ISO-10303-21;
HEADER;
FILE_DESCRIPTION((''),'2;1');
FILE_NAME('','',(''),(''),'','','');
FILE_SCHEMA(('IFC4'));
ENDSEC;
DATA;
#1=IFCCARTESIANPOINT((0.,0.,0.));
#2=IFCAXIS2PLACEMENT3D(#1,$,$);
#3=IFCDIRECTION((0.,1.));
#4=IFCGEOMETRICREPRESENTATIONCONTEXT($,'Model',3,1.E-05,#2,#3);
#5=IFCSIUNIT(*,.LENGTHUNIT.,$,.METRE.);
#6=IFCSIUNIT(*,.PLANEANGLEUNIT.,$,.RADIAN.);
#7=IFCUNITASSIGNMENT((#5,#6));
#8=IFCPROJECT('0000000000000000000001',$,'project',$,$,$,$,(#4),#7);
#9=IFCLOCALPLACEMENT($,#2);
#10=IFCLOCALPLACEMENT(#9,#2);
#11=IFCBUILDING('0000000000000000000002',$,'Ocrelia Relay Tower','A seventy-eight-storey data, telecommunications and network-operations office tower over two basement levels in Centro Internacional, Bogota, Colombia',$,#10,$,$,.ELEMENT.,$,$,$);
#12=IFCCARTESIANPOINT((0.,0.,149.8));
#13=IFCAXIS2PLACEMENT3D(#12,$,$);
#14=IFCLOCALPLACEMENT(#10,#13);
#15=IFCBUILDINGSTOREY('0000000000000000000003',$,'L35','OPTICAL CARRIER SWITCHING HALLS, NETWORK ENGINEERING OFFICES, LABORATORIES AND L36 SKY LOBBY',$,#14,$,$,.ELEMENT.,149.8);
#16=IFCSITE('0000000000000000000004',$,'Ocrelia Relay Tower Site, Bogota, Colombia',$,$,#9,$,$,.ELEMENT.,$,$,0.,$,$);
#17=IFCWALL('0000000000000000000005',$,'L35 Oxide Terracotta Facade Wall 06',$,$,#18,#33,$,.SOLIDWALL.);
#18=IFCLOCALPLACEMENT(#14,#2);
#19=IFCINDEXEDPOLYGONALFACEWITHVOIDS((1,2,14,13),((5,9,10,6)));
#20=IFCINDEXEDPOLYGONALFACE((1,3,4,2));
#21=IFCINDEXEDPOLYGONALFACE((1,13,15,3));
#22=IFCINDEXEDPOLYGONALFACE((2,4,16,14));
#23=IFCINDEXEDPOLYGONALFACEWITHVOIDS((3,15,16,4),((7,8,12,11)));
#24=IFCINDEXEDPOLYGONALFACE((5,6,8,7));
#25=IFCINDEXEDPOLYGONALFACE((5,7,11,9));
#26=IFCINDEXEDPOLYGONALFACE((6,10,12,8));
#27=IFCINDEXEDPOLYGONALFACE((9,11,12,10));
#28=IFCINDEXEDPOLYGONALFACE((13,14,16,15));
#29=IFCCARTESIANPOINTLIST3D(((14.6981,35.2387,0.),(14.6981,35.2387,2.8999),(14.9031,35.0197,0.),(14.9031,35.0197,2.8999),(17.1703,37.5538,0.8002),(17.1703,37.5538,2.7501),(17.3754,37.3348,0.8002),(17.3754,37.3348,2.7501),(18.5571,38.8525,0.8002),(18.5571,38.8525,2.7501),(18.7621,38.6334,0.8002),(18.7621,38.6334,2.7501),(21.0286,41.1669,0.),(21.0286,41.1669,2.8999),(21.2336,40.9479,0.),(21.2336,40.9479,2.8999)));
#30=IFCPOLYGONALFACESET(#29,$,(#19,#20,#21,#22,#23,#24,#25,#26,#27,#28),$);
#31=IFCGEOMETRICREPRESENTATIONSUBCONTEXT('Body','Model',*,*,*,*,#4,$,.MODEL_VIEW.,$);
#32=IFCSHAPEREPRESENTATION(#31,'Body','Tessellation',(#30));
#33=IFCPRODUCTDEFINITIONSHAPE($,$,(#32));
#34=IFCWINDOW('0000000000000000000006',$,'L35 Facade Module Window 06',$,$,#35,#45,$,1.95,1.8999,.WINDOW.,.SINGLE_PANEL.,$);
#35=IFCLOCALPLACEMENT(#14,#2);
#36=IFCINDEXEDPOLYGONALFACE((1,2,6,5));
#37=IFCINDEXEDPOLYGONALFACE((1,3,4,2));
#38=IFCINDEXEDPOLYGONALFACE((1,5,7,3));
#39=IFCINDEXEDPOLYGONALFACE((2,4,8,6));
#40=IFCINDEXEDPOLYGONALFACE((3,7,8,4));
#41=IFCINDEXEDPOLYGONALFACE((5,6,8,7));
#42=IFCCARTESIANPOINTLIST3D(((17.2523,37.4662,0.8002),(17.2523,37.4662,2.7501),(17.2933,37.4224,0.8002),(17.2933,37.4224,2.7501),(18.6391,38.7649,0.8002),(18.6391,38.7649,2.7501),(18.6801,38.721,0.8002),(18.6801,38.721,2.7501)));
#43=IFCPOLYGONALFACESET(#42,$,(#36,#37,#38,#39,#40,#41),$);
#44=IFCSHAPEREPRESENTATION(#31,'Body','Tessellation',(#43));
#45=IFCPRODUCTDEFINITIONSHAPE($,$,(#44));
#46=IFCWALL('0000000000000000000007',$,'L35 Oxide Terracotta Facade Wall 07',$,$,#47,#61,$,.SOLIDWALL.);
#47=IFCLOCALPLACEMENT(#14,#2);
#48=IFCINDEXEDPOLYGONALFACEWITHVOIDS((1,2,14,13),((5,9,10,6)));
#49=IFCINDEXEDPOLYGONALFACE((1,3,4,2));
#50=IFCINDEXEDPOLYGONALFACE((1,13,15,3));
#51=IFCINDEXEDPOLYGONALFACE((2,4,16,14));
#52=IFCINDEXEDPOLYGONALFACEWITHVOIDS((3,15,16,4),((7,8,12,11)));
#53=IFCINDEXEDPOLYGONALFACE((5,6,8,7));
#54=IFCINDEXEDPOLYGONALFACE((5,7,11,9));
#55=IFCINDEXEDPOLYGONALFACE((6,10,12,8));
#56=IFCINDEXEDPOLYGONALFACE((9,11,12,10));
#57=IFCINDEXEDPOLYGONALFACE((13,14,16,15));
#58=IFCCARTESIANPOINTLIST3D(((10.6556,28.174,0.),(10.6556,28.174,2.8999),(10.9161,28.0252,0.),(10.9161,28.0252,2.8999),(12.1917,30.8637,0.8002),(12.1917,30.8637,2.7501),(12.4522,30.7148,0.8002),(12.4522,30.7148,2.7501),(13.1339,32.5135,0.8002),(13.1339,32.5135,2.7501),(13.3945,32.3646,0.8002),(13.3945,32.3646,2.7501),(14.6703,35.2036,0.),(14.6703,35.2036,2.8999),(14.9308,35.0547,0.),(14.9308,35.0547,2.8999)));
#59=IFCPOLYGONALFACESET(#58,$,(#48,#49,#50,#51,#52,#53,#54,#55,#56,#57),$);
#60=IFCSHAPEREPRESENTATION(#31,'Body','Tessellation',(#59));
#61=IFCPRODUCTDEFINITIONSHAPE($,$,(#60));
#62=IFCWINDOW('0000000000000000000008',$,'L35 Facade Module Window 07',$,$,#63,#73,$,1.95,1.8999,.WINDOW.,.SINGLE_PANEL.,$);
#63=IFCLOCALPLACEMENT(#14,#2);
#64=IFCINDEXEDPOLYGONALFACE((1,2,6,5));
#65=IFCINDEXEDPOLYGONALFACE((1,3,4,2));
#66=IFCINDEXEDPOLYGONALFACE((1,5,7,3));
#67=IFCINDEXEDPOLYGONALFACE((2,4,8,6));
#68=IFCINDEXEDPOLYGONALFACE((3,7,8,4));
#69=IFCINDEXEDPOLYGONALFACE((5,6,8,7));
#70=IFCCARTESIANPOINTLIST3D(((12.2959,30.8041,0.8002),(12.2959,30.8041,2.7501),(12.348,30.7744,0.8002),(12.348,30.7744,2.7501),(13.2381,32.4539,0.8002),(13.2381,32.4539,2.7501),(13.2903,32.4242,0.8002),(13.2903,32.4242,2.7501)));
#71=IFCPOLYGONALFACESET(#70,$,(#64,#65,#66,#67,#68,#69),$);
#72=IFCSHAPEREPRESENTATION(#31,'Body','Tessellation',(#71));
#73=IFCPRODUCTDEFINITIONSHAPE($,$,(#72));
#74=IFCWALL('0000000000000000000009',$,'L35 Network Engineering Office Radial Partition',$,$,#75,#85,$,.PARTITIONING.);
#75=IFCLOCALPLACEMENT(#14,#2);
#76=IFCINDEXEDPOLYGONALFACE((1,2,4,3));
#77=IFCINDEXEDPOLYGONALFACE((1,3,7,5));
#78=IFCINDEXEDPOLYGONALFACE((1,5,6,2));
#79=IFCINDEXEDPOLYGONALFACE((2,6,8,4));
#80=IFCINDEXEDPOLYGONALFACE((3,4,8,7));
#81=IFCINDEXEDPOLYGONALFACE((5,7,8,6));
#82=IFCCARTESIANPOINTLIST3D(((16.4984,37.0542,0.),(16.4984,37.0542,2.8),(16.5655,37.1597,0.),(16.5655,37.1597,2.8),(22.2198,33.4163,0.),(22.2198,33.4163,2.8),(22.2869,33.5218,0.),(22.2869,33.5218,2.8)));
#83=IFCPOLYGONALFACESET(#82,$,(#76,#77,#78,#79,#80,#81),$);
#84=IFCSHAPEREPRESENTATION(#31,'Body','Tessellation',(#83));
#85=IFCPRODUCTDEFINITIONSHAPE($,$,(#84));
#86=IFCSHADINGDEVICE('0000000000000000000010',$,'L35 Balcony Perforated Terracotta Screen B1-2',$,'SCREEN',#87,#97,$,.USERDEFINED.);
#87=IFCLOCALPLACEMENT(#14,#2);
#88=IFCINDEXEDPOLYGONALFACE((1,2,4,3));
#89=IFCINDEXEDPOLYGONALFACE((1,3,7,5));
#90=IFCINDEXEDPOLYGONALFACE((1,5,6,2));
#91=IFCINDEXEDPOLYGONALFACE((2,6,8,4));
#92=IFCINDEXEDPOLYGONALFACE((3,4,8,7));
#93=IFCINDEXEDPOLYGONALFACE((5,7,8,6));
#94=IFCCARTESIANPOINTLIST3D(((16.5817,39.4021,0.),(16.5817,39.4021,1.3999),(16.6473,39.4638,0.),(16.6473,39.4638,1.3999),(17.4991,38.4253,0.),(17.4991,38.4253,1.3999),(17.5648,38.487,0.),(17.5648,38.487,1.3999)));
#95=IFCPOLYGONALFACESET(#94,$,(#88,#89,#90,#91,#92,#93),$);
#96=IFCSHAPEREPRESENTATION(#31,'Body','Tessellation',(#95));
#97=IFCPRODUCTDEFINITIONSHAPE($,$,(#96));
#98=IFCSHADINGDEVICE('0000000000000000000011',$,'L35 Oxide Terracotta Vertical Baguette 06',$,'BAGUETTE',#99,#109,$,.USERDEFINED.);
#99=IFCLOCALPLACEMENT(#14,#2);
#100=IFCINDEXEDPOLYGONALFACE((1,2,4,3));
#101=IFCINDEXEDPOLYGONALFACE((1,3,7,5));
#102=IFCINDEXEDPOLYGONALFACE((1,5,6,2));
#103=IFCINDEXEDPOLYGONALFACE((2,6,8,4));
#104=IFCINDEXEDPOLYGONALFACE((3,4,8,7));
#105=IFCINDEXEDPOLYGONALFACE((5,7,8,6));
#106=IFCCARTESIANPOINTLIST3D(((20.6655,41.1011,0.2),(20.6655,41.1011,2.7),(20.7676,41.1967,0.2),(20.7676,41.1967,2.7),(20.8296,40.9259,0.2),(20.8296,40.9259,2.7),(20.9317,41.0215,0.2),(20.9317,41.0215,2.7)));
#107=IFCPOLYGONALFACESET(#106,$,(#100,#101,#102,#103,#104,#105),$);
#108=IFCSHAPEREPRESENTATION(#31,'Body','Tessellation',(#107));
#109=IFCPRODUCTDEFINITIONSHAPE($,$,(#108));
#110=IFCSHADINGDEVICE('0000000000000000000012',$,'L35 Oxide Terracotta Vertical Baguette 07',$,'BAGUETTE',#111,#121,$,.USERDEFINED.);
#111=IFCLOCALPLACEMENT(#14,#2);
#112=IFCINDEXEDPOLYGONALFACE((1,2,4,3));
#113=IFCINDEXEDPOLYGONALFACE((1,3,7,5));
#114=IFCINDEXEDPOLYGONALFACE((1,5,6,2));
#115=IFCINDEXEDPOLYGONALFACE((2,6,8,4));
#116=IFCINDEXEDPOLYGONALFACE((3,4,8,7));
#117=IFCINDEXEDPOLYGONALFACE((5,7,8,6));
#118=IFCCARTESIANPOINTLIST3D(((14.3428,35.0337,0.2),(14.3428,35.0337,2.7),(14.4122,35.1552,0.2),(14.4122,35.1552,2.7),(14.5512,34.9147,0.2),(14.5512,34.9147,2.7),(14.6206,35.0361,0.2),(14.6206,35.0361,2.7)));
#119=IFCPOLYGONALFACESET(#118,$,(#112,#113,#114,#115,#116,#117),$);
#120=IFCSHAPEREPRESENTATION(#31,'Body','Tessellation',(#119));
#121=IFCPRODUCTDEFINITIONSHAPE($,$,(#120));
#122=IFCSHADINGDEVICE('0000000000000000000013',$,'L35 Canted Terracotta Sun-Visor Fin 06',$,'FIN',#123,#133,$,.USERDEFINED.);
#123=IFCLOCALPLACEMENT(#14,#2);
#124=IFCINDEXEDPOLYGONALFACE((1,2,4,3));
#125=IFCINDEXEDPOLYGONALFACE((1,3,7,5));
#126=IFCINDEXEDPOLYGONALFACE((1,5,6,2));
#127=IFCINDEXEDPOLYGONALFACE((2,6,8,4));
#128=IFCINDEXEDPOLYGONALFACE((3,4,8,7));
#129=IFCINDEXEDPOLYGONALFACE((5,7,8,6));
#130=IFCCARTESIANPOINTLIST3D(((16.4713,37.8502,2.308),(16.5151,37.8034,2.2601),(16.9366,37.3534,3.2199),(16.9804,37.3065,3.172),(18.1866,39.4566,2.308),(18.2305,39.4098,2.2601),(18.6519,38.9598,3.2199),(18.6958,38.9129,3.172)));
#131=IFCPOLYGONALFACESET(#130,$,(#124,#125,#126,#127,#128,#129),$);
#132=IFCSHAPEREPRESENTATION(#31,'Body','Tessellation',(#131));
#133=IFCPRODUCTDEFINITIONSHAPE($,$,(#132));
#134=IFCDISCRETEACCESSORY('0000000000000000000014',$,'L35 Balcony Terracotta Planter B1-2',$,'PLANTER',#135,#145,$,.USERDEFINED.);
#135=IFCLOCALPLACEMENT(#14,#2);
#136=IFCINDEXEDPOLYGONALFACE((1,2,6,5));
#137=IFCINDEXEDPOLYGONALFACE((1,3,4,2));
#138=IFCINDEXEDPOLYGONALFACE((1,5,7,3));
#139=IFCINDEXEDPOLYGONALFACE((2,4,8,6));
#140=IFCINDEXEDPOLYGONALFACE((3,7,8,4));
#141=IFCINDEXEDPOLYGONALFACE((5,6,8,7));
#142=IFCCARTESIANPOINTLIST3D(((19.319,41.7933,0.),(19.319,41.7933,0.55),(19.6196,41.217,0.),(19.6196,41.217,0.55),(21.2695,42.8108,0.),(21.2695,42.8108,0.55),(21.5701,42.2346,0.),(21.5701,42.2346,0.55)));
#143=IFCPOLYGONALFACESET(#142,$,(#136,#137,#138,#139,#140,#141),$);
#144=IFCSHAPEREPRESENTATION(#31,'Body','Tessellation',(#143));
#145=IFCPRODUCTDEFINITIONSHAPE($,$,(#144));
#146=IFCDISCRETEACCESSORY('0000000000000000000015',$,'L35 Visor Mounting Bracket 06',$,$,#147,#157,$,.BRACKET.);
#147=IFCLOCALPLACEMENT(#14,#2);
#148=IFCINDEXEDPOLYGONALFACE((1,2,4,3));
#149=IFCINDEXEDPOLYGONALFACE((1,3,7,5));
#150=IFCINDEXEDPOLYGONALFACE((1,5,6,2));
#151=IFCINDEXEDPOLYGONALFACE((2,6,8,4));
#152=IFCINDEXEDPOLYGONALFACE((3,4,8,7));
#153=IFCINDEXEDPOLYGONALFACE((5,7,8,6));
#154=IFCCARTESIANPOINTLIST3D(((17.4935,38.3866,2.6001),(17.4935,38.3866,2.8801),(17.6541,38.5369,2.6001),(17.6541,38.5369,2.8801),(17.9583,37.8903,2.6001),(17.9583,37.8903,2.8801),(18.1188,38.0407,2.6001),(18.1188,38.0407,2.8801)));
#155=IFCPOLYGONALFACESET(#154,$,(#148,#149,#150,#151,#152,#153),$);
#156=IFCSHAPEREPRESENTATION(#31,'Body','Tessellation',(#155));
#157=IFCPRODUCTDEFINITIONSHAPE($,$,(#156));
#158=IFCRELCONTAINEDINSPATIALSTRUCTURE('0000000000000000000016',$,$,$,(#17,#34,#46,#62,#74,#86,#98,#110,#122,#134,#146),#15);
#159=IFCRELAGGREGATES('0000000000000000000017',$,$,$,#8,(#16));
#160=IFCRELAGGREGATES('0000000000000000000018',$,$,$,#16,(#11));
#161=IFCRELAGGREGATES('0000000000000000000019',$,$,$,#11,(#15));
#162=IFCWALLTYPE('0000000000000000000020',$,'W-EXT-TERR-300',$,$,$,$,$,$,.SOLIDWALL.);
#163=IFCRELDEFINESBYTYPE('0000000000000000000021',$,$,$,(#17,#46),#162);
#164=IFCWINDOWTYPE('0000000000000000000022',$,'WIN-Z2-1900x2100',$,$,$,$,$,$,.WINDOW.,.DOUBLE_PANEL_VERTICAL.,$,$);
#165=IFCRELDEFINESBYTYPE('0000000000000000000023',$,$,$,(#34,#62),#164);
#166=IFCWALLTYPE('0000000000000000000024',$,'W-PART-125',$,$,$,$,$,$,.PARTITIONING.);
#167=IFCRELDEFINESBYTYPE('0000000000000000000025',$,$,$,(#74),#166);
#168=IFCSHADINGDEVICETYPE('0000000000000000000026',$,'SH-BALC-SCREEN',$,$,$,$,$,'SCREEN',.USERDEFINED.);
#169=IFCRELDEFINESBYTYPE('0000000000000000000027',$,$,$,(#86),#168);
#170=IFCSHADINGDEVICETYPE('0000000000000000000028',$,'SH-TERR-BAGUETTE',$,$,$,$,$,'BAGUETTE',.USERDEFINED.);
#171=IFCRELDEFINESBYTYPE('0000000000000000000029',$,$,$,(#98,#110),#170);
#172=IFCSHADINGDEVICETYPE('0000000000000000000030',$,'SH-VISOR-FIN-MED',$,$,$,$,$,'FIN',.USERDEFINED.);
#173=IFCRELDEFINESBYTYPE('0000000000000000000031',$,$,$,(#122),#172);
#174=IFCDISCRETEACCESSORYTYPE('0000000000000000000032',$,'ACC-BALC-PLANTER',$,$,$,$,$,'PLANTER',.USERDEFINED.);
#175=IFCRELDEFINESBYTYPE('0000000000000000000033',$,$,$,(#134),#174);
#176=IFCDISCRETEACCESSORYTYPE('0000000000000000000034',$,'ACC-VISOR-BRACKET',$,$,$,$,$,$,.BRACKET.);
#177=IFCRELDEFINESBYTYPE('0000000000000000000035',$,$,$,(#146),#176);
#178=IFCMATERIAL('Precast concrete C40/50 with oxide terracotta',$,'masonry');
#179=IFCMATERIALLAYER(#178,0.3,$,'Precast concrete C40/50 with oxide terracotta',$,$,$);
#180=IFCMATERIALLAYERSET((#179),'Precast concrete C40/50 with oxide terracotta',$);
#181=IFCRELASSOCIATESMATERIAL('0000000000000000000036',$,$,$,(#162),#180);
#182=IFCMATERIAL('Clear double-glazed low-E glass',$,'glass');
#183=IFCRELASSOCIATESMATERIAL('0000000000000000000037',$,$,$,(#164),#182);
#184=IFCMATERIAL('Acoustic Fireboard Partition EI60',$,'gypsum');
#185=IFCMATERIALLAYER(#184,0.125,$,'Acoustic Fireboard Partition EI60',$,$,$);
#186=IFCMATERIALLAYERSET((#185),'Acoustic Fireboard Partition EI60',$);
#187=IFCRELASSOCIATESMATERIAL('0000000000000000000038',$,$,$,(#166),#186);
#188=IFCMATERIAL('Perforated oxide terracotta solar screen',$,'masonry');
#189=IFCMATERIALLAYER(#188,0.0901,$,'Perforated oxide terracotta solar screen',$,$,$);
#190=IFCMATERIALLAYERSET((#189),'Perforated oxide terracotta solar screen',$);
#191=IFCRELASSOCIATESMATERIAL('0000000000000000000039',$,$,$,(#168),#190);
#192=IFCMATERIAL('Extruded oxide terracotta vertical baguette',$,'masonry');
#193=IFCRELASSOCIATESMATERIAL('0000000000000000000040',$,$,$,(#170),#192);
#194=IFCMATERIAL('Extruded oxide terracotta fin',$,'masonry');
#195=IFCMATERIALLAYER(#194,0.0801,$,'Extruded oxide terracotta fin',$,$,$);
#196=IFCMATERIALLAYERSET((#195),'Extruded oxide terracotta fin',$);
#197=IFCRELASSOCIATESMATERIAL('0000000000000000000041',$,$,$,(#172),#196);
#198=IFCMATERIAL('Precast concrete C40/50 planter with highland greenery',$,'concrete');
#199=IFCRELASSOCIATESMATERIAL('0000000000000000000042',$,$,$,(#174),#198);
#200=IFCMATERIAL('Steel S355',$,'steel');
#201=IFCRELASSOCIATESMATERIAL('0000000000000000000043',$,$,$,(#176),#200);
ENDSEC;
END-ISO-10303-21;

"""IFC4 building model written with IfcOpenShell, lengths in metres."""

from ifc_helpers import new_model, si_unit, direction, frame, frame_2d, origin, origin_2d, place, context, subcontext, project, spatial, rectangle, extrude, material, layer, layer_set, type_object, element, fill, save


model = new_model("IFC4")

# Units and contexts
model_context = context("Model", 3, precision=1e-05, world=origin(), true_north=direction((0.0, 1.0)))
body_context = subcontext(model_context, "Body", "Model", "MODEL_VIEW")
ifc_project = project(units=[si_unit("LENGTHUNIT", "METRE"), si_unit("PLANEANGLEUNIT", "RADIAN")], contexts=[model_context])

# Site, building, storey
site_placement = place(None, origin())
site = spatial("IfcSite", under=ifc_project, at=site_placement, Name="Ocrelia Relay Tower Site, Bogota, Colombia", CompositionType="ELEMENT", RefElevation=0.0)
building_placement = place(site_placement, origin())
building = spatial("IfcBuilding", under=site, at=building_placement, Name="Ocrelia Relay Tower", Description="A seventy-eight-storey data, telecommunications and network-operations office tower over two basement levels in Centro Internacional, Bogota, Colombia", CompositionType="ELEMENT")
storey_placement = place(building_placement, frame((0.0, 0.0, 149.8)))
storey = spatial("IfcBuildingStorey", under=building, at=storey_placement, Name="L35", Description="OPTICAL CARRIER SWITCHING HALLS, NETWORK ENGINEERING OFFICES, LABORATORIES AND L36 SKY LOBBY", CompositionType="ELEMENT", Elevation=149.8)

# Shared definitions
ifc_material_1 = material(Name="Steel S355", Category="steel")

# Walls, openings, windows
ifc_material_2 = material(Name="Precast concrete C40/50 with oxide terracotta", Category="masonry")
ifc_layer_1 = layer(ifc_material_2, 0.3, Name="Precast concrete C40/50 with oxide terracotta")
ifc_layer_set_1 = layer_set([ifc_layer_1], Name="Precast concrete C40/50 with oxide terracotta")
wall_type_1 = type_object("IfcWallType", Name="W-EXT-TERR-300", PredefinedType="SOLIDWALL", material=ifc_layer_set_1)
wall_1_placement = place(storey_placement, frame((21.1311, 41.0574, 0.0), z_axis=(0.0, 0.0, 1.0), x_axis=(-0.729922, -0.683531, 0.0)))
wall_1 = element("IfcWall", 1, at=wall_1_placement, inside=storey, type_object=wall_type_1, Name="L35 Oxide Terracotta Facade Wall 06", PredefinedType="SOLIDWALL", context=body_context, shape_type="SweptSolid", body=[
    extrude(rectangle(XDim=8.6729, YDim=0.3, at=frame_2d((4.3364, 0.0))), origin(), (0.0, 0.0, 1.0), 2.8999),
])
opening_1_placement = place(wall_1_placement, frame((3.386, 0.0, 0.8)))
opening_1 = element("IfcOpeningElement", 2, at=opening_1_placement, cuts=wall_1, PredefinedType="OPENING", context=body_context, shape_type="SweptSolid", body=[
    extrude(rectangle(XDim=1.8999, YDim=1.95, at=frame_2d((0.95, 0.9751))), frame((0.0, 0.1602, 0.0), z_axis=(0.0, -1.0, 0.0), x_axis=(1.0, 0.0, 0.0)), (0.0, 0.0, 1.0), 0.3201),
])
ifc_material_3 = material(Name="Clear double-glazed low-E glass", Category="glass")
window_type = type_object("IfcWindowType", Name="WIN-Z2-1900x2100", PartitioningType="DOUBLE_PANEL_VERTICAL", PredefinedType="WINDOW", material=ifc_material_3)
window_1_placement = place(opening_1_placement, origin())
window_1 = element("IfcWindow", 3, at=window_1_placement, inside=storey, type_object=window_type, Name="L35 Facade Module Window 06", OverallHeight=1.95, OverallWidth=1.8999, PartitioningType="SINGLE_PANEL", PredefinedType="WINDOW", context=body_context, shape_type="SweptSolid", body=[
    extrude(rectangle(XDim=1.8999, YDim=1.95, at=frame_2d((0.95, 0.9751))), frame((0.0, 0.03, 0.0), z_axis=(0.0, -1.0, 0.0), x_axis=(1.0, 0.0, 0.0)), (0.0, 0.0, 1.0), 0.0601),
])
fill(opening_1, window_1)
wall_2_placement = place(storey_placement, frame((14.8005, 35.1292, 0.0), z_axis=(0.0, 0.0, 1.0), x_axis=(-0.495931, -0.868362, 0.0)))
wall_2 = element("IfcWall", 4, at=wall_2_placement, inside=storey, type_object=wall_type_1, Name="L35 Oxide Terracotta Facade Wall 07", PredefinedType="SOLIDWALL", context=body_context, shape_type="SweptSolid", body=[
    extrude(rectangle(XDim=8.0952, YDim=0.3, at=frame_2d((4.0476, 0.0))), origin(), (0.0, 0.0, 1.0), 2.8999),
])
opening_2_placement = place(wall_2_placement, frame((3.0979, 0.0, 0.8)))
opening_2 = element("IfcOpeningElement", 5, at=opening_2_placement, cuts=wall_2, PredefinedType="OPENING", context=body_context, shape_type="SweptSolid", body=[
    extrude(rectangle(XDim=1.8999, YDim=1.95, at=frame_2d((0.95, 0.9751))), frame((0.0, 0.1602, 0.0), z_axis=(0.0, -1.0, 0.0), x_axis=(1.0, 0.0, 0.0)), (0.0, 0.0, 1.0), 0.3201),
])
window_2_placement = place(opening_2_placement, origin())
window_2 = element("IfcWindow", 6, at=window_2_placement, inside=storey, type_object=window_type, Name="L35 Facade Module Window 07", OverallHeight=1.95, OverallWidth=1.8999, PartitioningType="SINGLE_PANEL", PredefinedType="WINDOW", context=body_context, shape_type="SweptSolid", body=[
    extrude(rectangle(XDim=1.8999, YDim=1.95, at=frame_2d((0.95, 0.9751))), frame((0.0, 0.03, 0.0), z_axis=(0.0, -1.0, 0.0), x_axis=(1.0, 0.0, 0.0)), (0.0, 0.0, 1.0), 0.0601),
])
fill(opening_2, window_2)

# Wall
ifc_material_4 = material(Name="Acoustic Fireboard Partition EI60", Category="gypsum")
ifc_layer_2 = layer(ifc_material_4, 0.125, Name="Acoustic Fireboard Partition EI60")
ifc_layer_set_2 = layer_set([ifc_layer_2], Name="Acoustic Fireboard Partition EI60")
wall_type_2 = type_object("IfcWallType", Name="W-PART-125", PredefinedType="PARTITIONING", material=ifc_layer_set_2)
wall_3_placement = place(storey_placement, frame((22.2534, 33.469, 0.0), z_axis=(0.0, 0.0, 1.0), x_axis=(-0.84386, 0.536563, 0.0)))
element("IfcWall", 7, at=wall_3_placement, inside=storey, type_object=wall_type_2, Name="L35 Network Engineering Office Radial Partition", PredefinedType="PARTITIONING", context=body_context, shape_type="SweptSolid", body=[
    extrude(rectangle(XDim=6.78, YDim=0.125, at=frame_2d((3.3901, 0.0))), origin(), (0.0, 0.0, 1.0), 2.8),
])

# Shading devices
ifc_material_5 = material(Name="Perforated oxide terracotta solar screen", Category="masonry")
ifc_layer_3 = layer(ifc_material_5, 0.0901, Name="Perforated oxide terracotta solar screen")
ifc_layer_set_3 = layer_set([ifc_layer_3], Name="Perforated oxide terracotta solar screen")
shading_device_type_1 = type_object("IfcShadingDeviceType", Name="SH-BALC-SCREEN", ElementType="SCREEN", PredefinedType="USERDEFINED", material=ifc_layer_set_3)
shading_device_1_placement = place(storey_placement, frame((17.0732, 38.9446, 0.0), z_axis=(0.0, 0.0, 1.0), x_axis=(-0.684621, 0.728899, 0.0)))
element("IfcShadingDevice", 8, at=shading_device_1_placement, inside=storey, type_object=shading_device_type_1, Name="L35 Balcony Perforated Terracotta Screen B1-2", ObjectType="SCREEN", PredefinedType="USERDEFINED", context=body_context, shape_type="SweptSolid", body=[
    extrude(rectangle(XDim=1.3401, YDim=0.0901, at=origin_2d()), origin(), (0.0, 0.0, 1.0), 1.3999),
])
ifc_material_6 = material(Name="Extruded oxide terracotta vertical baguette", Category="masonry")
shading_device_type_2 = type_object("IfcShadingDeviceType", Name="SH-TERR-BAGUETTE", ElementType="BAGUETTE", PredefinedType="USERDEFINED", material=ifc_material_6)
for number, where, z_axis, x_axis, name in (
    (9, (20.7986, 41.0613, 0.2), (0.0, 0.0, 1.0), (-0.729914, -0.683539, 0.0), "L35 Oxide Terracotta Vertical Baguette 06"),
    (10, (14.4817, 35.0349, 0.2), (0.0, 0.0, 1.0), (-0.495938, -0.868358, 0.0), "L35 Oxide Terracotta Vertical Baguette 07"),
):
    element("IfcShadingDevice", number, at=place(storey_placement, frame(where, z_axis=z_axis, x_axis=x_axis)), inside=storey, type_object=shading_device_type_2, Name=name, ObjectType="BAGUETTE", PredefinedType="USERDEFINED", context=body_context, shape_type="SweptSolid", body=[
        extrude(rectangle(XDim=0.1399, YDim=0.24, at=origin_2d()), origin(), (0.0, 0.0, 1.0), 2.5),
    ])
ifc_material_7 = material(Name="Extruded oxide terracotta fin", Category="masonry")
ifc_layer_4 = layer(ifc_material_7, 0.0801, Name="Extruded oxide terracotta fin")
ifc_layer_set_4 = layer_set([ifc_layer_4], Name="Extruded oxide terracotta fin")
shading_device_type_3 = type_object("IfcShadingDeviceType", Name="SH-VISOR-FIN-MED", ElementType="FIN", PredefinedType="USERDEFINED", material=ifc_layer_set_4)
shading_device_2_placement = place(storey_placement, frame((17.6055, 38.3582, 2.7161), z_axis=(-0.54776, 0.584922, 0.598185), x_axis=(-0.729914, -0.683539, 0.0)))
element("IfcShadingDevice", 11, at=shading_device_2_placement, inside=storey, type_object=shading_device_type_3, Name="L35 Canted Terracotta Sun-Visor Fin 06", ObjectType="FIN", PredefinedType="USERDEFINED", context=body_context, shape_type="SweptSolid", body=[
    extrude(rectangle(XDim=2.3501, YDim=1.1379, at=origin_2d()), origin(), (0.0, 0.0, 1.0), 0.0801),
])

# Discrete accessories
ifc_material_8 = material(Name="Precast concrete C40/50 planter with highland greenery", Category="concrete")
discrete_accessory_type_1 = type_object("IfcDiscreteAccessoryType", Name="ACC-BALC-PLANTER", ElementType="PLANTER", PredefinedType="USERDEFINED", material=ifc_material_8)
discrete_accessory_1_placement = place(storey_placement, frame((20.4446, 42.0139, 0.0), z_axis=(0.0, 0.0, 1.0), x_axis=(0.886608, 0.462521, 0.0)))
element("IfcDiscreteAccessory", 12, at=discrete_accessory_1_placement, inside=storey, type_object=discrete_accessory_type_1, Name="L35 Balcony Terracotta Planter B1-2", ObjectType="PLANTER", PredefinedType="USERDEFINED", context=body_context, shape_type="SweptSolid", body=[
    extrude(rectangle(XDim=2.2, YDim=0.6499, at=origin_2d()), origin(), (0.0, 0.0, 1.0), 0.55),
])
discrete_accessory_type_2 = type_object("IfcDiscreteAccessoryType", Name="ACC-VISOR-BRACKET", PredefinedType="BRACKET", material=ifc_material_1)
discrete_accessory_2_placement = place(storey_placement, frame((17.8062, 38.2136, 2.6001), z_axis=(0.0, 0.0, 1.0), x_axis=(-0.729914, -0.683539, 0.0)))
element("IfcDiscreteAccessory", 13, at=discrete_accessory_2_placement, inside=storey, type_object=discrete_accessory_type_2, Name="L35 Visor Mounting Bracket 06", PredefinedType="BRACKET", context=body_context, shape_type="SweptSolid", body=[
    extrude(rectangle(XDim=0.22, YDim=0.6799, at=origin_2d()), origin(), (0.0, 0.0, 1.0), 0.28),
])

save(model, "model.ifc")
